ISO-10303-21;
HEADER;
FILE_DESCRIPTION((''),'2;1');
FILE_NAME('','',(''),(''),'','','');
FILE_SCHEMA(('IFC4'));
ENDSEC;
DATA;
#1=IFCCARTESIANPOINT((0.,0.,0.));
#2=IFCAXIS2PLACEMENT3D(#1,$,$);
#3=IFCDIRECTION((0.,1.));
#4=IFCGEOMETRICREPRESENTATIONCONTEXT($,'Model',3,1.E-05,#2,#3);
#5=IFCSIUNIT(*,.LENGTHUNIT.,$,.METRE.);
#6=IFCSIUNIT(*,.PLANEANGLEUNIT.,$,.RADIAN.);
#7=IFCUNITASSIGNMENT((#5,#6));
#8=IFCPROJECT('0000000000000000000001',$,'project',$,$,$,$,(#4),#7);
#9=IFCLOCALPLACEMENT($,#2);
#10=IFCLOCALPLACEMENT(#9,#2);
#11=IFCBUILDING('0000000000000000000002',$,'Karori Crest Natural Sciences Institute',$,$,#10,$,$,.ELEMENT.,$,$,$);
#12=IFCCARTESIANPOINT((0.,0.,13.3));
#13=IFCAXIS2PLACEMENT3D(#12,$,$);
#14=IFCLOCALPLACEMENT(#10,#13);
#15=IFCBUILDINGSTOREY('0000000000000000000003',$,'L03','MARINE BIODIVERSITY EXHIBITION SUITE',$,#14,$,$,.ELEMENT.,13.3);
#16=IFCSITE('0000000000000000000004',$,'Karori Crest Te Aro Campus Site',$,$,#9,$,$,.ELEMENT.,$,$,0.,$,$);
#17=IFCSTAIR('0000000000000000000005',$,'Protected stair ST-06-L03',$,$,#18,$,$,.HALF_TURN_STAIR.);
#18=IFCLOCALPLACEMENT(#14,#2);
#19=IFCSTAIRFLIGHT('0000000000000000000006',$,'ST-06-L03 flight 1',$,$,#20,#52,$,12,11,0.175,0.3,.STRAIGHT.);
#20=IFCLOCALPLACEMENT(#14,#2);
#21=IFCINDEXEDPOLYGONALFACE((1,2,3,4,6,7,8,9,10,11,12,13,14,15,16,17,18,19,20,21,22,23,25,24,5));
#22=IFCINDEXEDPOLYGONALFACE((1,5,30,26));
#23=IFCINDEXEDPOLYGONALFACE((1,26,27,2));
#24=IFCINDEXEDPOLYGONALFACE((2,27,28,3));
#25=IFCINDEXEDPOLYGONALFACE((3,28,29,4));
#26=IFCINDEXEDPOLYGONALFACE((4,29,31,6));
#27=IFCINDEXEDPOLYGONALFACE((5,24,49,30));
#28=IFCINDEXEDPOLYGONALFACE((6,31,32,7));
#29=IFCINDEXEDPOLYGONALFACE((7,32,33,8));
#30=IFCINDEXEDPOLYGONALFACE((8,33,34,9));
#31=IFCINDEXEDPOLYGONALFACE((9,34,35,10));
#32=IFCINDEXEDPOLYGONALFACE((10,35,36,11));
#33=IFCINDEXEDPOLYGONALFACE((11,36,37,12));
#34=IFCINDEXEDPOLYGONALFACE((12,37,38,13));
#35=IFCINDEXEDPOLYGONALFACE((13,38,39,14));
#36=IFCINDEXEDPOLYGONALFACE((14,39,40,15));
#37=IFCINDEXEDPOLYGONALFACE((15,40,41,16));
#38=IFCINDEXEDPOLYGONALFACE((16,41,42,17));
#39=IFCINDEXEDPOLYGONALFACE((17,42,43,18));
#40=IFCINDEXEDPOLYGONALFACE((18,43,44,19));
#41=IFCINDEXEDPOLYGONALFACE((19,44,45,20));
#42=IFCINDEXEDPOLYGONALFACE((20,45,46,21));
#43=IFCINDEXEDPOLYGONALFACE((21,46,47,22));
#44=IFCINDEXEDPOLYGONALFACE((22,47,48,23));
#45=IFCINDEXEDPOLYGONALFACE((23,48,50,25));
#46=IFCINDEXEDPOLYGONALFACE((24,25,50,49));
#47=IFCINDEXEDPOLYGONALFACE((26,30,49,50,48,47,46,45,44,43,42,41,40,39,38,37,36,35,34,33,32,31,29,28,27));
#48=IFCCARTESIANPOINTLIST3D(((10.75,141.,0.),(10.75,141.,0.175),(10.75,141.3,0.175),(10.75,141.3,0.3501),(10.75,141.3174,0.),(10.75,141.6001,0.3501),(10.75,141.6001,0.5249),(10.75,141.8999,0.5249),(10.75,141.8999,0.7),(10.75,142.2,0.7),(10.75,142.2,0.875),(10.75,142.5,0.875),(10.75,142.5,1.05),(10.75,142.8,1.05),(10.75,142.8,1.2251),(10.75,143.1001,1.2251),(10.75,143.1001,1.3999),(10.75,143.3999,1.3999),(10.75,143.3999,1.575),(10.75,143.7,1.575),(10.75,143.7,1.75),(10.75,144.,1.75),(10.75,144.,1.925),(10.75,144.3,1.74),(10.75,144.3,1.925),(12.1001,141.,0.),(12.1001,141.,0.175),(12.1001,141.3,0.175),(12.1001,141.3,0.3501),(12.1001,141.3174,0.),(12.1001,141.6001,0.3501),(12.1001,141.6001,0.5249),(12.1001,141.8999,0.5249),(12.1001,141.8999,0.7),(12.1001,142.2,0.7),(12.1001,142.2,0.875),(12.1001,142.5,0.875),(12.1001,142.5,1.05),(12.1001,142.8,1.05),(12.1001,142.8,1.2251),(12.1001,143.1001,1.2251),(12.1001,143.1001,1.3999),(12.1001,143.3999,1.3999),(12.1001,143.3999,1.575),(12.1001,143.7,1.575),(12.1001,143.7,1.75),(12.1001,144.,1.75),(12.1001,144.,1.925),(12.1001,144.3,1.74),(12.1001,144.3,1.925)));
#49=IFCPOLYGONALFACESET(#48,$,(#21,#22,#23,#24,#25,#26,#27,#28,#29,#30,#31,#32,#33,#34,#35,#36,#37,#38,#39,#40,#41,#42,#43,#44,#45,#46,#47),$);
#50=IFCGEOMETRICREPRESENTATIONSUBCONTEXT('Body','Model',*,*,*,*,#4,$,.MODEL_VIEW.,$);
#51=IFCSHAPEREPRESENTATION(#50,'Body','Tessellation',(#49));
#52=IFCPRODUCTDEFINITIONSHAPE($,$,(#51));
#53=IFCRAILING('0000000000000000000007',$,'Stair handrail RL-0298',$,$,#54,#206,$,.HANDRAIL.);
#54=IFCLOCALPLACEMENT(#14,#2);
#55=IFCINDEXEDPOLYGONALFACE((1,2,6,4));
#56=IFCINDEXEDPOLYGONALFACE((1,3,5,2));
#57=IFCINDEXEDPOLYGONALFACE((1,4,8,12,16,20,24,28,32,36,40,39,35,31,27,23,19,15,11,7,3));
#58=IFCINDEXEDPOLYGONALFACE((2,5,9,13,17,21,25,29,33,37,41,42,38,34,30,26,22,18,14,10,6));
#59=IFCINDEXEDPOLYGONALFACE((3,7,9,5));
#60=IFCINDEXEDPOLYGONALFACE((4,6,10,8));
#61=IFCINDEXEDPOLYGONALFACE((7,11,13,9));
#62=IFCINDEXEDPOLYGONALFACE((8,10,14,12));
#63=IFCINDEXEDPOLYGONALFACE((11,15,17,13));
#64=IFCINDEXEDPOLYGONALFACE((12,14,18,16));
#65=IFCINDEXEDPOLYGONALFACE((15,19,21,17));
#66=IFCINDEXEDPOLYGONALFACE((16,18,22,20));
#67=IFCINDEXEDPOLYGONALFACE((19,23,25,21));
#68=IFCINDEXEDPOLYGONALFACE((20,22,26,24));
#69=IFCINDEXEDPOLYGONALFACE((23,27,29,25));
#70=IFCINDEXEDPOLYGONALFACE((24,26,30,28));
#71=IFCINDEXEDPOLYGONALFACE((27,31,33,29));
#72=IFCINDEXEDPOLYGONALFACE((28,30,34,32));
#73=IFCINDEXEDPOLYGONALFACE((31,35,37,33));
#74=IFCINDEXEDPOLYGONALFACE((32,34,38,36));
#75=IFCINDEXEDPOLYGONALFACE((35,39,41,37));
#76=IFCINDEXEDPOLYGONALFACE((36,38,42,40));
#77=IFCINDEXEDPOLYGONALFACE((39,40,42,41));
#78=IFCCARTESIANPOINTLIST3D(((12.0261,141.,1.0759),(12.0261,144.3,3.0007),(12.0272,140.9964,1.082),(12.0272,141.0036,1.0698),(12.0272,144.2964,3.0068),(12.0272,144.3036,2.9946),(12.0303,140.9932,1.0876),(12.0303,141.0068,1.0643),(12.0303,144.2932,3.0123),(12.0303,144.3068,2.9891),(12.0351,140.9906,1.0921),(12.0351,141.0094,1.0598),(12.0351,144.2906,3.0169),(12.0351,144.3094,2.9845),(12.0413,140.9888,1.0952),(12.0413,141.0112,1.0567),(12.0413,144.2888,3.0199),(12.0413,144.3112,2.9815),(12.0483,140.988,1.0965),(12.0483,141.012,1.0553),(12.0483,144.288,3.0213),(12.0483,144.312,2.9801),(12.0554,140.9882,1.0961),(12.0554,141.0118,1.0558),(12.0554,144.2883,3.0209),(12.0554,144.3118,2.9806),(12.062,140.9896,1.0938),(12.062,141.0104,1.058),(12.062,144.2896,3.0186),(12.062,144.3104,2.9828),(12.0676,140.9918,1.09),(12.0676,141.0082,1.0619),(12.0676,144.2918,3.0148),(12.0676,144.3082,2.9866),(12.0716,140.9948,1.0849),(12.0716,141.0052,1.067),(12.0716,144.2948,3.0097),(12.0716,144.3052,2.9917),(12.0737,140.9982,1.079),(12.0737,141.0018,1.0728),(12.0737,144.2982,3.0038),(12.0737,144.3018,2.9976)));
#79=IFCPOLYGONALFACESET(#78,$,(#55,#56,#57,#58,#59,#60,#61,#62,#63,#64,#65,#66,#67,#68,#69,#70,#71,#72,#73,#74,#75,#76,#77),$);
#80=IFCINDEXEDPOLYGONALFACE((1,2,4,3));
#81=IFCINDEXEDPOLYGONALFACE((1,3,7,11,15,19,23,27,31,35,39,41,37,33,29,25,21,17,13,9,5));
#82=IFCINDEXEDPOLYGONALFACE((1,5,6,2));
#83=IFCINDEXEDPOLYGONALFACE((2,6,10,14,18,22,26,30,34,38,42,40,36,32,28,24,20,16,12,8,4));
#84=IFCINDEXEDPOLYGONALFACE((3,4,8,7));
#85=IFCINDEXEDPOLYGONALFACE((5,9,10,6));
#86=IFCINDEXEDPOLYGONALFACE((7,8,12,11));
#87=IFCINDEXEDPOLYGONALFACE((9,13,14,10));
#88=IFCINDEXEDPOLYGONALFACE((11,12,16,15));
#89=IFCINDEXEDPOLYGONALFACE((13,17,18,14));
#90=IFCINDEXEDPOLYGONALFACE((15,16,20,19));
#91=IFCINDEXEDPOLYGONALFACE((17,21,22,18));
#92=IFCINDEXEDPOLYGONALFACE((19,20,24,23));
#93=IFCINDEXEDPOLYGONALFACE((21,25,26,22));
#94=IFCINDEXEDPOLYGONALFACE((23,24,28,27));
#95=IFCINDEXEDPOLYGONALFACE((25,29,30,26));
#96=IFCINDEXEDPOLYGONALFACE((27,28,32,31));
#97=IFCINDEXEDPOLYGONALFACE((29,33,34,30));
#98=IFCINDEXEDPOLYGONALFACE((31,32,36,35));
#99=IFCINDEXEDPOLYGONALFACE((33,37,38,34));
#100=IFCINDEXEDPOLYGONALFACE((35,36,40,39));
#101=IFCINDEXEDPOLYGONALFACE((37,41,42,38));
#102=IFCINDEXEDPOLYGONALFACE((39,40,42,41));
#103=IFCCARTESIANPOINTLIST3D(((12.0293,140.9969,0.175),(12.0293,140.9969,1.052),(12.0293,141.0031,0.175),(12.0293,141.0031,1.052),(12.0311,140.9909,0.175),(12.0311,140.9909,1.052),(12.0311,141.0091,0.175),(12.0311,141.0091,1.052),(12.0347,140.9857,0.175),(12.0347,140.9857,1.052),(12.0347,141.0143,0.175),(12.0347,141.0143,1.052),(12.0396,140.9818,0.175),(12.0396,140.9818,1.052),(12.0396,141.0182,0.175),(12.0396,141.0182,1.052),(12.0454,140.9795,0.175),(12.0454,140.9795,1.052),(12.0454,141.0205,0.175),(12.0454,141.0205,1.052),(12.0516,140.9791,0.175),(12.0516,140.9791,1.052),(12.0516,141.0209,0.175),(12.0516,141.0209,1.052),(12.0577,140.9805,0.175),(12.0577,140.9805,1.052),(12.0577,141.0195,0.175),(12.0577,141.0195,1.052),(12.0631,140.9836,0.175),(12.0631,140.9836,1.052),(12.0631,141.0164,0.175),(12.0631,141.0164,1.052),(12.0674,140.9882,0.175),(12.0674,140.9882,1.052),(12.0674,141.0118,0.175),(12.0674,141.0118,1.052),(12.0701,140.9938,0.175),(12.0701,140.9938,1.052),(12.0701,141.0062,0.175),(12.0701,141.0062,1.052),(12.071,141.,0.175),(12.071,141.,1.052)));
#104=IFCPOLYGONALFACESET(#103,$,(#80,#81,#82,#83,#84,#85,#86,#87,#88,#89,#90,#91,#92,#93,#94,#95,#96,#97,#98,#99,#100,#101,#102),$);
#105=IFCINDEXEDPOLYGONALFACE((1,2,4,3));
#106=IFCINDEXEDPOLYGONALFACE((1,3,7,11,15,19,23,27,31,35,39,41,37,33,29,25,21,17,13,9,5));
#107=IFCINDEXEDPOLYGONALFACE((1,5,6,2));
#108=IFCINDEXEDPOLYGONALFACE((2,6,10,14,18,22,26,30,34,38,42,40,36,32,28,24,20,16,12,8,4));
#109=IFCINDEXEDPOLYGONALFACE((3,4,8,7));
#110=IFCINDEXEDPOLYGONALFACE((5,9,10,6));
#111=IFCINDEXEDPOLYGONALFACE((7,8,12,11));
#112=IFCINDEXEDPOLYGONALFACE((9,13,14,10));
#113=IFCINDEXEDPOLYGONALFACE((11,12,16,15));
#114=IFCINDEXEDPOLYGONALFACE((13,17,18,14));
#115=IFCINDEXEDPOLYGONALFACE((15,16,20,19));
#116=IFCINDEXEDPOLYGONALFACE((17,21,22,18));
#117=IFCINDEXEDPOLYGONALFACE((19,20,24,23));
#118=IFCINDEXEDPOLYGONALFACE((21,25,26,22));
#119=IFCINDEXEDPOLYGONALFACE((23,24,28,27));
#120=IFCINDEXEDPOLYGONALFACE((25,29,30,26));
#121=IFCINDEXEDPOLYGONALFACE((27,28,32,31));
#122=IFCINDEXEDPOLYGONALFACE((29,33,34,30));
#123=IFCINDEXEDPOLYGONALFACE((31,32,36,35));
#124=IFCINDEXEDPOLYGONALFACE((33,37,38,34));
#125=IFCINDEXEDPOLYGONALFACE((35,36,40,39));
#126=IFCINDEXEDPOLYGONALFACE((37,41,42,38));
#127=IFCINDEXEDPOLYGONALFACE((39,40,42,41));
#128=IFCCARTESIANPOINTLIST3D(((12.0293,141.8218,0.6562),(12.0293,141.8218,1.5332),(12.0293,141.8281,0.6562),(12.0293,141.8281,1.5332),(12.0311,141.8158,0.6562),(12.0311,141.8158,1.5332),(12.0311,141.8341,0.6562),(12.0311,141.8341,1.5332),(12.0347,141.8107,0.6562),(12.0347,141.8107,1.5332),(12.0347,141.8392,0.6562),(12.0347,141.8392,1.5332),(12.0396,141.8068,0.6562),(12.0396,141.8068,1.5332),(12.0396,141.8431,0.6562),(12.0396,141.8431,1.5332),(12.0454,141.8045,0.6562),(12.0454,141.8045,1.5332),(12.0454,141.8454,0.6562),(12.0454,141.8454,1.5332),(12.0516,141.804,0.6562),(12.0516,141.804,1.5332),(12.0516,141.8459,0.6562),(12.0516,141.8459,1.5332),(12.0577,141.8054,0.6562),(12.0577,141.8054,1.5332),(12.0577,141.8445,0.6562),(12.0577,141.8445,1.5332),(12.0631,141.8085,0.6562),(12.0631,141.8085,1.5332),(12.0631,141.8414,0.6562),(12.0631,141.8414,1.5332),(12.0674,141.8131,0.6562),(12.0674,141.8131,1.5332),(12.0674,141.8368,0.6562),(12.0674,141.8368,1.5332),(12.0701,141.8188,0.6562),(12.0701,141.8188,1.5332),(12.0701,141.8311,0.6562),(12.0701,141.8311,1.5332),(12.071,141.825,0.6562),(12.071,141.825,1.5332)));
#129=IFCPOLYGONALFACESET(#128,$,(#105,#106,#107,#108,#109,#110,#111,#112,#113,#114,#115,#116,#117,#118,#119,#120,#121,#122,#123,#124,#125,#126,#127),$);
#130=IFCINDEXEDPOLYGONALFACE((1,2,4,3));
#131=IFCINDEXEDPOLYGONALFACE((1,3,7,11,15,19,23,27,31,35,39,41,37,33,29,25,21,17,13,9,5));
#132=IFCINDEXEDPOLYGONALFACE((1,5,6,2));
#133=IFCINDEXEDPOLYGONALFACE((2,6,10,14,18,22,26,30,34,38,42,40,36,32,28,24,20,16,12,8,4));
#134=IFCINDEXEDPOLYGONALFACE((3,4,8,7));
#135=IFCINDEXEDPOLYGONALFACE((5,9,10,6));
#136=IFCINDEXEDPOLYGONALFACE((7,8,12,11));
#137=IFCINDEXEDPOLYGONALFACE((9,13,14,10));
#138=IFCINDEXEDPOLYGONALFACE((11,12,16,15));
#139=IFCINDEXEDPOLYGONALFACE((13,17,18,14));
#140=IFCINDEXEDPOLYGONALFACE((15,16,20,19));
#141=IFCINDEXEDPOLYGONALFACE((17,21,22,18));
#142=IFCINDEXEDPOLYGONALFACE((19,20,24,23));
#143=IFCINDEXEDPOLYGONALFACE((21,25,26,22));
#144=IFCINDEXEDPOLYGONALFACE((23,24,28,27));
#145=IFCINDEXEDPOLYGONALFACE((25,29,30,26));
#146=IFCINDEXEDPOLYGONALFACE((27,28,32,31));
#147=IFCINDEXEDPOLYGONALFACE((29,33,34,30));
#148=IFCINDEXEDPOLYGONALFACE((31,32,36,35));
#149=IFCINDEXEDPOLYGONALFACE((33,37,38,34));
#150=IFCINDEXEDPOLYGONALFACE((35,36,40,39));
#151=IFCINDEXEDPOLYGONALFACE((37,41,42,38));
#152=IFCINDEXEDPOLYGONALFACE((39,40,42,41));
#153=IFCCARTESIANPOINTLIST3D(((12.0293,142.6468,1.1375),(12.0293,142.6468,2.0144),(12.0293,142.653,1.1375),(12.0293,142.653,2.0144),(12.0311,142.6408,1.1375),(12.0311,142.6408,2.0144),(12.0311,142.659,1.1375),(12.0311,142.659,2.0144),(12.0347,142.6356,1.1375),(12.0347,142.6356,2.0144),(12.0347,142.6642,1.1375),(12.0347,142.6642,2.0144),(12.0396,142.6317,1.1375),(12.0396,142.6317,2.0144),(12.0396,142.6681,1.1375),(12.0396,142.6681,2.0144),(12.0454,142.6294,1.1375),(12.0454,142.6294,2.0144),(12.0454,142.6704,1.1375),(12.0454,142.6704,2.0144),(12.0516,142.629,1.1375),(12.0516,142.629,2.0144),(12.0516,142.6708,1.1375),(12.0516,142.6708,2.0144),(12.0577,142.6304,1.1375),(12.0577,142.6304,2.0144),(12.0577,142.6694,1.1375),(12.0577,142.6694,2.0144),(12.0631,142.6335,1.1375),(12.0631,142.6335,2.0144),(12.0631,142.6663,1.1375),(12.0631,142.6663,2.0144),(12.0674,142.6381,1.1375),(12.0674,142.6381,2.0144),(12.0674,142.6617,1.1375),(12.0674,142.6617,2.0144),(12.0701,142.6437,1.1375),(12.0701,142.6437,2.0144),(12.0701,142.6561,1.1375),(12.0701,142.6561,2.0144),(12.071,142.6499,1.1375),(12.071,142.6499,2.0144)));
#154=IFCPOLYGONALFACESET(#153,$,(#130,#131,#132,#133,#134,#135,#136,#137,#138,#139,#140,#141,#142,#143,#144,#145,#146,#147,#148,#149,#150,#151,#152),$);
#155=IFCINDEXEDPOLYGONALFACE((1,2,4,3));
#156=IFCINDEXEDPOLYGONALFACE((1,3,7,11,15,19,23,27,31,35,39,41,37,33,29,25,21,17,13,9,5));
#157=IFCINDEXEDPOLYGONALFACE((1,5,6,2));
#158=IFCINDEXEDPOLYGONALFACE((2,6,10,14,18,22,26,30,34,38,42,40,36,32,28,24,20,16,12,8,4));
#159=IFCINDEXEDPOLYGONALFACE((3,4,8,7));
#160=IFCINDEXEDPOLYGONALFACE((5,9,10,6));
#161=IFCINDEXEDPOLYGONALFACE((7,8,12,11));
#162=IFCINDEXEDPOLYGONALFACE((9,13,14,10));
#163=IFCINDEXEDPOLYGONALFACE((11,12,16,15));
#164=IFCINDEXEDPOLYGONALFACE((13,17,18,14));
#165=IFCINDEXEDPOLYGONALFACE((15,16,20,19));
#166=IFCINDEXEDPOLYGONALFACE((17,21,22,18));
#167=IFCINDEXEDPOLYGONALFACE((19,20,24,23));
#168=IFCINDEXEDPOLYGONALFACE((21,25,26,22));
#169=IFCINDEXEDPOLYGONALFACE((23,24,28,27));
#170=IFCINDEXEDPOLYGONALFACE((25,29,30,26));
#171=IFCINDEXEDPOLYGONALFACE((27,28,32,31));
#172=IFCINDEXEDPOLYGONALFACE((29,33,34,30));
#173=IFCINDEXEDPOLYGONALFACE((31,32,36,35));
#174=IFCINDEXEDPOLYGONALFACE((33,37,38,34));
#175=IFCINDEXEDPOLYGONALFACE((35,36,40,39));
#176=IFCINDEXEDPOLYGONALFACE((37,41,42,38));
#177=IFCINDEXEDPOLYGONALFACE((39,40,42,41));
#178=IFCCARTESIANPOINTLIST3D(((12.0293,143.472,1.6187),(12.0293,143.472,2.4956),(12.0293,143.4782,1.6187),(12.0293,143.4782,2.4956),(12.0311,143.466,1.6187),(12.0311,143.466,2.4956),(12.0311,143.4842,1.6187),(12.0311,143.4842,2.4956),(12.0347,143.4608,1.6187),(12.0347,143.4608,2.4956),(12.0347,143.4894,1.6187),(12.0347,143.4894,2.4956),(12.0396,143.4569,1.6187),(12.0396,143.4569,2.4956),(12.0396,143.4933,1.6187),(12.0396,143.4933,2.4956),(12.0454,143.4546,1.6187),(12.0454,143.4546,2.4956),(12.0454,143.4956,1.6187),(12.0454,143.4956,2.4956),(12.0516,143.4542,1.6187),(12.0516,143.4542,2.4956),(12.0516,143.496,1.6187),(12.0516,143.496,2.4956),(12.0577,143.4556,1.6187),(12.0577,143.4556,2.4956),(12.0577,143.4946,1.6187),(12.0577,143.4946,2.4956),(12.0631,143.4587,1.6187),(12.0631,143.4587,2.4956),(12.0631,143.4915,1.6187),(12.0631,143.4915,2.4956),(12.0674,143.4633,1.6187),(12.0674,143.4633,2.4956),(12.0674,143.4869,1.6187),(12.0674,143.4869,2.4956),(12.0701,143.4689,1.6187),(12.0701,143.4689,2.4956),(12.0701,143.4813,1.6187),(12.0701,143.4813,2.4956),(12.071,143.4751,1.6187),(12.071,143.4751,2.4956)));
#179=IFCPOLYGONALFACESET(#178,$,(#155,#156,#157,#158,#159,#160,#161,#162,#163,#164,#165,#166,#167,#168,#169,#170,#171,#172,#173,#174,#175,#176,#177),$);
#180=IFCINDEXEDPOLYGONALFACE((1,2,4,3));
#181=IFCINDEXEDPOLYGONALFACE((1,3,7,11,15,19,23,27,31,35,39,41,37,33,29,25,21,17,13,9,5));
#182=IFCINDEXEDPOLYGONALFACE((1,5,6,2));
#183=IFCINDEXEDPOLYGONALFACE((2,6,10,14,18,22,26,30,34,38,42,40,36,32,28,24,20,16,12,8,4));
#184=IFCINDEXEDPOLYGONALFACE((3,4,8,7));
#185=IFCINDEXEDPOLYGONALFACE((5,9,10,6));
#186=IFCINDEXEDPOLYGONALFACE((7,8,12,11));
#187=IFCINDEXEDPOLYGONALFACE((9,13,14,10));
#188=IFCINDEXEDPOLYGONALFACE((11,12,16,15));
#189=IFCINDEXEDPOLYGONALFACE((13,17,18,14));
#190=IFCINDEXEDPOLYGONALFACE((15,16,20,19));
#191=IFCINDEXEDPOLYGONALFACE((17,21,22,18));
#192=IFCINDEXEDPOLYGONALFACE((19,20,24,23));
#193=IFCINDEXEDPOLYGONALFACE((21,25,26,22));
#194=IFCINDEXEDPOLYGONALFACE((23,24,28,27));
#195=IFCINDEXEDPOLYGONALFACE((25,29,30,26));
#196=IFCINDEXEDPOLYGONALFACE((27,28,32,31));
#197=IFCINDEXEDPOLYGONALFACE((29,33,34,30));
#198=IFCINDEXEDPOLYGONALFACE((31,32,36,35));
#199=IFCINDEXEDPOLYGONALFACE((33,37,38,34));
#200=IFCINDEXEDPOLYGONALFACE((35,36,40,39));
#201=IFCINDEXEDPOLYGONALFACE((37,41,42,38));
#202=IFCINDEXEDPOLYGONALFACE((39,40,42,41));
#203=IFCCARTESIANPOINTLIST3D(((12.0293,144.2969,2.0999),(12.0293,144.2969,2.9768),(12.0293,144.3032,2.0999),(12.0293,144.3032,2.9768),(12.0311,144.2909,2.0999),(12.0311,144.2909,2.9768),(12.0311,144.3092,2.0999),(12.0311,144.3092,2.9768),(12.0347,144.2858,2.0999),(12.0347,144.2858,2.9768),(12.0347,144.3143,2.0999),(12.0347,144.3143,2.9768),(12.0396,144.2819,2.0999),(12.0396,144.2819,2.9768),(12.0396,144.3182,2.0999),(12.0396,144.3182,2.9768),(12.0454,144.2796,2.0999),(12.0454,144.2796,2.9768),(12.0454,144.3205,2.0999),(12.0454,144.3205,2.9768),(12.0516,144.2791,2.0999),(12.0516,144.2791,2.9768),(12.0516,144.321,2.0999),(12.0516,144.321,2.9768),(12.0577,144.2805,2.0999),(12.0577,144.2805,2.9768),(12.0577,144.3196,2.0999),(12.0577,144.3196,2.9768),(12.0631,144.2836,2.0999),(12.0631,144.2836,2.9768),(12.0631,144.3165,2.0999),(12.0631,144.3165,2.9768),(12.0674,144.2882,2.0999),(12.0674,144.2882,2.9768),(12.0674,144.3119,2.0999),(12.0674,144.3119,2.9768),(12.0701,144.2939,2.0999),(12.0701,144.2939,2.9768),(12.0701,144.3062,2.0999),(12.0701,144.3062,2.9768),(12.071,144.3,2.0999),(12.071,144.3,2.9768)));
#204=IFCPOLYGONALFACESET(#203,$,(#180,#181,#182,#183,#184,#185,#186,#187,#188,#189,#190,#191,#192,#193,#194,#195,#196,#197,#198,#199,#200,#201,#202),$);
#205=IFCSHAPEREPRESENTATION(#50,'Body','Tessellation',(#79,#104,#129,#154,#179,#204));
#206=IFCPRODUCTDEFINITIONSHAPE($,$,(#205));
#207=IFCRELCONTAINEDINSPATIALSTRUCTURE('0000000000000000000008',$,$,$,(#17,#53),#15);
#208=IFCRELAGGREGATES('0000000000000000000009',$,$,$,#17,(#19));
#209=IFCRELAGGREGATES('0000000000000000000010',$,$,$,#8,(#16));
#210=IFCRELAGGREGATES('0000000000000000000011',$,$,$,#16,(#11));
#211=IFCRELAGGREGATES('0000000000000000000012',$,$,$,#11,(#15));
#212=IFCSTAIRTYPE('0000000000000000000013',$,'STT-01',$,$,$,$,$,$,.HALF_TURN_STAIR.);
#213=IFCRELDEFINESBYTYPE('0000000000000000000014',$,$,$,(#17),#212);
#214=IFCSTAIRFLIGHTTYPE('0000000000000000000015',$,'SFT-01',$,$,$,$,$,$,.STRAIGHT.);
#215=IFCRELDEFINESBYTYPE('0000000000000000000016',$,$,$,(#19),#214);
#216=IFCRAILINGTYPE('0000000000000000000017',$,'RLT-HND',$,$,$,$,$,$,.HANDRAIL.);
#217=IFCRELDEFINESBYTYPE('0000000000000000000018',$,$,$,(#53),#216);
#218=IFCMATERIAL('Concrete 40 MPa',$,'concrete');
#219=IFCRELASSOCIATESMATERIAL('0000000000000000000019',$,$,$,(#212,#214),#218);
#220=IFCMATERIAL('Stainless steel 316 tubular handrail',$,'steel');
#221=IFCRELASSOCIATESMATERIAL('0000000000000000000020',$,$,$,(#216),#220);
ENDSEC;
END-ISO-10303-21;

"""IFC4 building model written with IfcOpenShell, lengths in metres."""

from ifc_helpers import new_model, si_unit, direction, frame, origin, origin_2d, place, context, subcontext, project, spatial, polyline, circle, outline, extrude, material, type_object, element, aggregate, save


model = new_model("IFC4")

# Units and contexts
model_context = context("Model", 3, precision=1e-05, world=origin(), true_north=direction((0.0, 1.0)))
body_context = subcontext(model_context, "Body", "Model", "MODEL_VIEW")
ifc_project = project(units=[si_unit("LENGTHUNIT", "METRE"), si_unit("PLANEANGLEUNIT", "RADIAN")], contexts=[model_context])

# Site, building, storey
site_placement = place(None, origin())
site = spatial("IfcSite", under=ifc_project, at=site_placement, Name="Karori Crest Te Aro Campus Site", CompositionType="ELEMENT", RefElevation=0.0)
building_placement = place(site_placement, origin())
building = spatial("IfcBuilding", under=site, at=building_placement, Name="Karori Crest Natural Sciences Institute", CompositionType="ELEMENT")
storey_placement = place(building_placement, frame((0.0, 0.0, 13.3)))
storey = spatial("IfcBuildingStorey", under=building, at=storey_placement, Name="L03", Description="MARINE BIODIVERSITY EXHIBITION SUITE", CompositionType="ELEMENT", Elevation=13.3)

# Stair, stair flight
ifc_material_1 = material(Name="Concrete 40 MPa", Category="concrete")
stair_type = type_object("IfcStairType", Name="STT-01", PredefinedType="HALF_TURN_STAIR", material=ifc_material_1)
stair_placement = place(storey_placement, origin())
stair = element("IfcStair", 1, at=stair_placement, inside=storey, type_object=stair_type, Name="Protected stair ST-06-L03", PredefinedType="HALF_TURN_STAIR")
stair_flight_type = type_object("IfcStairFlightType", Name="SFT-01", PredefinedType="STRAIGHT", material=ifc_material_1)
stair_flight_placement = place(storey_placement, frame((11.425, 141.0, 0.0), z_axis=(0.0, 0.0, 1.0), x_axis=(0.0, 1.0, 0.0)))
stair_flight = element("IfcStairFlight", 2, at=stair_flight_placement, type_object=stair_flight_type, Name="ST-06-L03 flight 1", NumberOfRisers=12, NumberOfTreads=11, PredefinedType="STRAIGHT", RiserHeight=0.175, TreadLength=0.3, context=body_context, shape_type="SweptSolid", body=[
    extrude(outline(polyline([(0.0, 0.0), (0.0, 0.175), (0.3, 0.175), (0.3, 0.3501), (0.6001, 0.3501), (0.6001, 0.5249), (0.8999, 0.5249), (0.8999, 0.7), (1.2, 0.7), (1.2, 0.875), (1.5, 0.875), (1.5, 1.05), (1.8, 1.05), (1.8, 1.2251), (2.1001, 1.2251), (2.1001, 1.3999), (2.3999, 1.3999), (2.3999, 1.575), (2.7, 1.575), (2.7, 1.75), (3.0, 1.75), (3.0, 1.925), (3.3, 1.925), (3.3, 2.1001), (3.3, 1.74), (0.3174, 0.0), (0.0, 0.0)])), frame((0.0, 0.675, 0.0), z_axis=(0.0, -1.0, 0.0), x_axis=(1.0, 0.0, 0.0)), (0.0, 0.0, 1.0), 1.3501),
])
aggregate(stair, [stair_flight])

# Railing
ifc_material_2 = material(Name="Stainless steel 316 tubular handrail", Category="steel")
railing_type_1 = type_object("IfcRailingType", Name="RLT-HND", PredefinedType="HANDRAIL", material=ifc_material_2)
railing_1_placement = place(storey_placement, frame((12.05, 141.0, 0.175)))
element("IfcRailing", 3, at=railing_1_placement, inside=storey, type_object=railing_type_1, Name="Stair handrail RL-0298", PredefinedType="HANDRAIL", context=body_context, shape_type="SweptSolid", body=[
    extrude(circle(Radius=0.0239, at=origin_2d()), frame((0.0, 0.0, 0.9009), z_axis=(0.0, 0.863804, 0.503827), x_axis=(-1.0, 0.0, 0.0)), (0.0, 0.0, 1.0), 3.8203),
    extrude(circle(Radius=0.021, at=origin_2d()), origin(), (0.0, 0.0, 1.0), 0.877),
    extrude(circle(Radius=0.021, at=origin_2d()), frame((0.0, 0.825, 0.4812)), (0.0, 0.0, 1.0), 0.877),
    extrude(circle(Radius=0.021, at=origin_2d()), frame((0.0, 1.6499, 0.9624)), (0.0, 0.0, 1.0), 0.877),
    extrude(circle(Radius=0.021, at=origin_2d()), frame((0.0, 2.4751, 1.4436)), (0.0, 0.0, 1.0), 0.877),
    extrude(circle(Radius=0.021, at=origin_2d()), frame((0.0, 3.3, 1.9248)), (0.0, 0.0, 1.0), 0.877),
])

save(model, "model.ifc")
